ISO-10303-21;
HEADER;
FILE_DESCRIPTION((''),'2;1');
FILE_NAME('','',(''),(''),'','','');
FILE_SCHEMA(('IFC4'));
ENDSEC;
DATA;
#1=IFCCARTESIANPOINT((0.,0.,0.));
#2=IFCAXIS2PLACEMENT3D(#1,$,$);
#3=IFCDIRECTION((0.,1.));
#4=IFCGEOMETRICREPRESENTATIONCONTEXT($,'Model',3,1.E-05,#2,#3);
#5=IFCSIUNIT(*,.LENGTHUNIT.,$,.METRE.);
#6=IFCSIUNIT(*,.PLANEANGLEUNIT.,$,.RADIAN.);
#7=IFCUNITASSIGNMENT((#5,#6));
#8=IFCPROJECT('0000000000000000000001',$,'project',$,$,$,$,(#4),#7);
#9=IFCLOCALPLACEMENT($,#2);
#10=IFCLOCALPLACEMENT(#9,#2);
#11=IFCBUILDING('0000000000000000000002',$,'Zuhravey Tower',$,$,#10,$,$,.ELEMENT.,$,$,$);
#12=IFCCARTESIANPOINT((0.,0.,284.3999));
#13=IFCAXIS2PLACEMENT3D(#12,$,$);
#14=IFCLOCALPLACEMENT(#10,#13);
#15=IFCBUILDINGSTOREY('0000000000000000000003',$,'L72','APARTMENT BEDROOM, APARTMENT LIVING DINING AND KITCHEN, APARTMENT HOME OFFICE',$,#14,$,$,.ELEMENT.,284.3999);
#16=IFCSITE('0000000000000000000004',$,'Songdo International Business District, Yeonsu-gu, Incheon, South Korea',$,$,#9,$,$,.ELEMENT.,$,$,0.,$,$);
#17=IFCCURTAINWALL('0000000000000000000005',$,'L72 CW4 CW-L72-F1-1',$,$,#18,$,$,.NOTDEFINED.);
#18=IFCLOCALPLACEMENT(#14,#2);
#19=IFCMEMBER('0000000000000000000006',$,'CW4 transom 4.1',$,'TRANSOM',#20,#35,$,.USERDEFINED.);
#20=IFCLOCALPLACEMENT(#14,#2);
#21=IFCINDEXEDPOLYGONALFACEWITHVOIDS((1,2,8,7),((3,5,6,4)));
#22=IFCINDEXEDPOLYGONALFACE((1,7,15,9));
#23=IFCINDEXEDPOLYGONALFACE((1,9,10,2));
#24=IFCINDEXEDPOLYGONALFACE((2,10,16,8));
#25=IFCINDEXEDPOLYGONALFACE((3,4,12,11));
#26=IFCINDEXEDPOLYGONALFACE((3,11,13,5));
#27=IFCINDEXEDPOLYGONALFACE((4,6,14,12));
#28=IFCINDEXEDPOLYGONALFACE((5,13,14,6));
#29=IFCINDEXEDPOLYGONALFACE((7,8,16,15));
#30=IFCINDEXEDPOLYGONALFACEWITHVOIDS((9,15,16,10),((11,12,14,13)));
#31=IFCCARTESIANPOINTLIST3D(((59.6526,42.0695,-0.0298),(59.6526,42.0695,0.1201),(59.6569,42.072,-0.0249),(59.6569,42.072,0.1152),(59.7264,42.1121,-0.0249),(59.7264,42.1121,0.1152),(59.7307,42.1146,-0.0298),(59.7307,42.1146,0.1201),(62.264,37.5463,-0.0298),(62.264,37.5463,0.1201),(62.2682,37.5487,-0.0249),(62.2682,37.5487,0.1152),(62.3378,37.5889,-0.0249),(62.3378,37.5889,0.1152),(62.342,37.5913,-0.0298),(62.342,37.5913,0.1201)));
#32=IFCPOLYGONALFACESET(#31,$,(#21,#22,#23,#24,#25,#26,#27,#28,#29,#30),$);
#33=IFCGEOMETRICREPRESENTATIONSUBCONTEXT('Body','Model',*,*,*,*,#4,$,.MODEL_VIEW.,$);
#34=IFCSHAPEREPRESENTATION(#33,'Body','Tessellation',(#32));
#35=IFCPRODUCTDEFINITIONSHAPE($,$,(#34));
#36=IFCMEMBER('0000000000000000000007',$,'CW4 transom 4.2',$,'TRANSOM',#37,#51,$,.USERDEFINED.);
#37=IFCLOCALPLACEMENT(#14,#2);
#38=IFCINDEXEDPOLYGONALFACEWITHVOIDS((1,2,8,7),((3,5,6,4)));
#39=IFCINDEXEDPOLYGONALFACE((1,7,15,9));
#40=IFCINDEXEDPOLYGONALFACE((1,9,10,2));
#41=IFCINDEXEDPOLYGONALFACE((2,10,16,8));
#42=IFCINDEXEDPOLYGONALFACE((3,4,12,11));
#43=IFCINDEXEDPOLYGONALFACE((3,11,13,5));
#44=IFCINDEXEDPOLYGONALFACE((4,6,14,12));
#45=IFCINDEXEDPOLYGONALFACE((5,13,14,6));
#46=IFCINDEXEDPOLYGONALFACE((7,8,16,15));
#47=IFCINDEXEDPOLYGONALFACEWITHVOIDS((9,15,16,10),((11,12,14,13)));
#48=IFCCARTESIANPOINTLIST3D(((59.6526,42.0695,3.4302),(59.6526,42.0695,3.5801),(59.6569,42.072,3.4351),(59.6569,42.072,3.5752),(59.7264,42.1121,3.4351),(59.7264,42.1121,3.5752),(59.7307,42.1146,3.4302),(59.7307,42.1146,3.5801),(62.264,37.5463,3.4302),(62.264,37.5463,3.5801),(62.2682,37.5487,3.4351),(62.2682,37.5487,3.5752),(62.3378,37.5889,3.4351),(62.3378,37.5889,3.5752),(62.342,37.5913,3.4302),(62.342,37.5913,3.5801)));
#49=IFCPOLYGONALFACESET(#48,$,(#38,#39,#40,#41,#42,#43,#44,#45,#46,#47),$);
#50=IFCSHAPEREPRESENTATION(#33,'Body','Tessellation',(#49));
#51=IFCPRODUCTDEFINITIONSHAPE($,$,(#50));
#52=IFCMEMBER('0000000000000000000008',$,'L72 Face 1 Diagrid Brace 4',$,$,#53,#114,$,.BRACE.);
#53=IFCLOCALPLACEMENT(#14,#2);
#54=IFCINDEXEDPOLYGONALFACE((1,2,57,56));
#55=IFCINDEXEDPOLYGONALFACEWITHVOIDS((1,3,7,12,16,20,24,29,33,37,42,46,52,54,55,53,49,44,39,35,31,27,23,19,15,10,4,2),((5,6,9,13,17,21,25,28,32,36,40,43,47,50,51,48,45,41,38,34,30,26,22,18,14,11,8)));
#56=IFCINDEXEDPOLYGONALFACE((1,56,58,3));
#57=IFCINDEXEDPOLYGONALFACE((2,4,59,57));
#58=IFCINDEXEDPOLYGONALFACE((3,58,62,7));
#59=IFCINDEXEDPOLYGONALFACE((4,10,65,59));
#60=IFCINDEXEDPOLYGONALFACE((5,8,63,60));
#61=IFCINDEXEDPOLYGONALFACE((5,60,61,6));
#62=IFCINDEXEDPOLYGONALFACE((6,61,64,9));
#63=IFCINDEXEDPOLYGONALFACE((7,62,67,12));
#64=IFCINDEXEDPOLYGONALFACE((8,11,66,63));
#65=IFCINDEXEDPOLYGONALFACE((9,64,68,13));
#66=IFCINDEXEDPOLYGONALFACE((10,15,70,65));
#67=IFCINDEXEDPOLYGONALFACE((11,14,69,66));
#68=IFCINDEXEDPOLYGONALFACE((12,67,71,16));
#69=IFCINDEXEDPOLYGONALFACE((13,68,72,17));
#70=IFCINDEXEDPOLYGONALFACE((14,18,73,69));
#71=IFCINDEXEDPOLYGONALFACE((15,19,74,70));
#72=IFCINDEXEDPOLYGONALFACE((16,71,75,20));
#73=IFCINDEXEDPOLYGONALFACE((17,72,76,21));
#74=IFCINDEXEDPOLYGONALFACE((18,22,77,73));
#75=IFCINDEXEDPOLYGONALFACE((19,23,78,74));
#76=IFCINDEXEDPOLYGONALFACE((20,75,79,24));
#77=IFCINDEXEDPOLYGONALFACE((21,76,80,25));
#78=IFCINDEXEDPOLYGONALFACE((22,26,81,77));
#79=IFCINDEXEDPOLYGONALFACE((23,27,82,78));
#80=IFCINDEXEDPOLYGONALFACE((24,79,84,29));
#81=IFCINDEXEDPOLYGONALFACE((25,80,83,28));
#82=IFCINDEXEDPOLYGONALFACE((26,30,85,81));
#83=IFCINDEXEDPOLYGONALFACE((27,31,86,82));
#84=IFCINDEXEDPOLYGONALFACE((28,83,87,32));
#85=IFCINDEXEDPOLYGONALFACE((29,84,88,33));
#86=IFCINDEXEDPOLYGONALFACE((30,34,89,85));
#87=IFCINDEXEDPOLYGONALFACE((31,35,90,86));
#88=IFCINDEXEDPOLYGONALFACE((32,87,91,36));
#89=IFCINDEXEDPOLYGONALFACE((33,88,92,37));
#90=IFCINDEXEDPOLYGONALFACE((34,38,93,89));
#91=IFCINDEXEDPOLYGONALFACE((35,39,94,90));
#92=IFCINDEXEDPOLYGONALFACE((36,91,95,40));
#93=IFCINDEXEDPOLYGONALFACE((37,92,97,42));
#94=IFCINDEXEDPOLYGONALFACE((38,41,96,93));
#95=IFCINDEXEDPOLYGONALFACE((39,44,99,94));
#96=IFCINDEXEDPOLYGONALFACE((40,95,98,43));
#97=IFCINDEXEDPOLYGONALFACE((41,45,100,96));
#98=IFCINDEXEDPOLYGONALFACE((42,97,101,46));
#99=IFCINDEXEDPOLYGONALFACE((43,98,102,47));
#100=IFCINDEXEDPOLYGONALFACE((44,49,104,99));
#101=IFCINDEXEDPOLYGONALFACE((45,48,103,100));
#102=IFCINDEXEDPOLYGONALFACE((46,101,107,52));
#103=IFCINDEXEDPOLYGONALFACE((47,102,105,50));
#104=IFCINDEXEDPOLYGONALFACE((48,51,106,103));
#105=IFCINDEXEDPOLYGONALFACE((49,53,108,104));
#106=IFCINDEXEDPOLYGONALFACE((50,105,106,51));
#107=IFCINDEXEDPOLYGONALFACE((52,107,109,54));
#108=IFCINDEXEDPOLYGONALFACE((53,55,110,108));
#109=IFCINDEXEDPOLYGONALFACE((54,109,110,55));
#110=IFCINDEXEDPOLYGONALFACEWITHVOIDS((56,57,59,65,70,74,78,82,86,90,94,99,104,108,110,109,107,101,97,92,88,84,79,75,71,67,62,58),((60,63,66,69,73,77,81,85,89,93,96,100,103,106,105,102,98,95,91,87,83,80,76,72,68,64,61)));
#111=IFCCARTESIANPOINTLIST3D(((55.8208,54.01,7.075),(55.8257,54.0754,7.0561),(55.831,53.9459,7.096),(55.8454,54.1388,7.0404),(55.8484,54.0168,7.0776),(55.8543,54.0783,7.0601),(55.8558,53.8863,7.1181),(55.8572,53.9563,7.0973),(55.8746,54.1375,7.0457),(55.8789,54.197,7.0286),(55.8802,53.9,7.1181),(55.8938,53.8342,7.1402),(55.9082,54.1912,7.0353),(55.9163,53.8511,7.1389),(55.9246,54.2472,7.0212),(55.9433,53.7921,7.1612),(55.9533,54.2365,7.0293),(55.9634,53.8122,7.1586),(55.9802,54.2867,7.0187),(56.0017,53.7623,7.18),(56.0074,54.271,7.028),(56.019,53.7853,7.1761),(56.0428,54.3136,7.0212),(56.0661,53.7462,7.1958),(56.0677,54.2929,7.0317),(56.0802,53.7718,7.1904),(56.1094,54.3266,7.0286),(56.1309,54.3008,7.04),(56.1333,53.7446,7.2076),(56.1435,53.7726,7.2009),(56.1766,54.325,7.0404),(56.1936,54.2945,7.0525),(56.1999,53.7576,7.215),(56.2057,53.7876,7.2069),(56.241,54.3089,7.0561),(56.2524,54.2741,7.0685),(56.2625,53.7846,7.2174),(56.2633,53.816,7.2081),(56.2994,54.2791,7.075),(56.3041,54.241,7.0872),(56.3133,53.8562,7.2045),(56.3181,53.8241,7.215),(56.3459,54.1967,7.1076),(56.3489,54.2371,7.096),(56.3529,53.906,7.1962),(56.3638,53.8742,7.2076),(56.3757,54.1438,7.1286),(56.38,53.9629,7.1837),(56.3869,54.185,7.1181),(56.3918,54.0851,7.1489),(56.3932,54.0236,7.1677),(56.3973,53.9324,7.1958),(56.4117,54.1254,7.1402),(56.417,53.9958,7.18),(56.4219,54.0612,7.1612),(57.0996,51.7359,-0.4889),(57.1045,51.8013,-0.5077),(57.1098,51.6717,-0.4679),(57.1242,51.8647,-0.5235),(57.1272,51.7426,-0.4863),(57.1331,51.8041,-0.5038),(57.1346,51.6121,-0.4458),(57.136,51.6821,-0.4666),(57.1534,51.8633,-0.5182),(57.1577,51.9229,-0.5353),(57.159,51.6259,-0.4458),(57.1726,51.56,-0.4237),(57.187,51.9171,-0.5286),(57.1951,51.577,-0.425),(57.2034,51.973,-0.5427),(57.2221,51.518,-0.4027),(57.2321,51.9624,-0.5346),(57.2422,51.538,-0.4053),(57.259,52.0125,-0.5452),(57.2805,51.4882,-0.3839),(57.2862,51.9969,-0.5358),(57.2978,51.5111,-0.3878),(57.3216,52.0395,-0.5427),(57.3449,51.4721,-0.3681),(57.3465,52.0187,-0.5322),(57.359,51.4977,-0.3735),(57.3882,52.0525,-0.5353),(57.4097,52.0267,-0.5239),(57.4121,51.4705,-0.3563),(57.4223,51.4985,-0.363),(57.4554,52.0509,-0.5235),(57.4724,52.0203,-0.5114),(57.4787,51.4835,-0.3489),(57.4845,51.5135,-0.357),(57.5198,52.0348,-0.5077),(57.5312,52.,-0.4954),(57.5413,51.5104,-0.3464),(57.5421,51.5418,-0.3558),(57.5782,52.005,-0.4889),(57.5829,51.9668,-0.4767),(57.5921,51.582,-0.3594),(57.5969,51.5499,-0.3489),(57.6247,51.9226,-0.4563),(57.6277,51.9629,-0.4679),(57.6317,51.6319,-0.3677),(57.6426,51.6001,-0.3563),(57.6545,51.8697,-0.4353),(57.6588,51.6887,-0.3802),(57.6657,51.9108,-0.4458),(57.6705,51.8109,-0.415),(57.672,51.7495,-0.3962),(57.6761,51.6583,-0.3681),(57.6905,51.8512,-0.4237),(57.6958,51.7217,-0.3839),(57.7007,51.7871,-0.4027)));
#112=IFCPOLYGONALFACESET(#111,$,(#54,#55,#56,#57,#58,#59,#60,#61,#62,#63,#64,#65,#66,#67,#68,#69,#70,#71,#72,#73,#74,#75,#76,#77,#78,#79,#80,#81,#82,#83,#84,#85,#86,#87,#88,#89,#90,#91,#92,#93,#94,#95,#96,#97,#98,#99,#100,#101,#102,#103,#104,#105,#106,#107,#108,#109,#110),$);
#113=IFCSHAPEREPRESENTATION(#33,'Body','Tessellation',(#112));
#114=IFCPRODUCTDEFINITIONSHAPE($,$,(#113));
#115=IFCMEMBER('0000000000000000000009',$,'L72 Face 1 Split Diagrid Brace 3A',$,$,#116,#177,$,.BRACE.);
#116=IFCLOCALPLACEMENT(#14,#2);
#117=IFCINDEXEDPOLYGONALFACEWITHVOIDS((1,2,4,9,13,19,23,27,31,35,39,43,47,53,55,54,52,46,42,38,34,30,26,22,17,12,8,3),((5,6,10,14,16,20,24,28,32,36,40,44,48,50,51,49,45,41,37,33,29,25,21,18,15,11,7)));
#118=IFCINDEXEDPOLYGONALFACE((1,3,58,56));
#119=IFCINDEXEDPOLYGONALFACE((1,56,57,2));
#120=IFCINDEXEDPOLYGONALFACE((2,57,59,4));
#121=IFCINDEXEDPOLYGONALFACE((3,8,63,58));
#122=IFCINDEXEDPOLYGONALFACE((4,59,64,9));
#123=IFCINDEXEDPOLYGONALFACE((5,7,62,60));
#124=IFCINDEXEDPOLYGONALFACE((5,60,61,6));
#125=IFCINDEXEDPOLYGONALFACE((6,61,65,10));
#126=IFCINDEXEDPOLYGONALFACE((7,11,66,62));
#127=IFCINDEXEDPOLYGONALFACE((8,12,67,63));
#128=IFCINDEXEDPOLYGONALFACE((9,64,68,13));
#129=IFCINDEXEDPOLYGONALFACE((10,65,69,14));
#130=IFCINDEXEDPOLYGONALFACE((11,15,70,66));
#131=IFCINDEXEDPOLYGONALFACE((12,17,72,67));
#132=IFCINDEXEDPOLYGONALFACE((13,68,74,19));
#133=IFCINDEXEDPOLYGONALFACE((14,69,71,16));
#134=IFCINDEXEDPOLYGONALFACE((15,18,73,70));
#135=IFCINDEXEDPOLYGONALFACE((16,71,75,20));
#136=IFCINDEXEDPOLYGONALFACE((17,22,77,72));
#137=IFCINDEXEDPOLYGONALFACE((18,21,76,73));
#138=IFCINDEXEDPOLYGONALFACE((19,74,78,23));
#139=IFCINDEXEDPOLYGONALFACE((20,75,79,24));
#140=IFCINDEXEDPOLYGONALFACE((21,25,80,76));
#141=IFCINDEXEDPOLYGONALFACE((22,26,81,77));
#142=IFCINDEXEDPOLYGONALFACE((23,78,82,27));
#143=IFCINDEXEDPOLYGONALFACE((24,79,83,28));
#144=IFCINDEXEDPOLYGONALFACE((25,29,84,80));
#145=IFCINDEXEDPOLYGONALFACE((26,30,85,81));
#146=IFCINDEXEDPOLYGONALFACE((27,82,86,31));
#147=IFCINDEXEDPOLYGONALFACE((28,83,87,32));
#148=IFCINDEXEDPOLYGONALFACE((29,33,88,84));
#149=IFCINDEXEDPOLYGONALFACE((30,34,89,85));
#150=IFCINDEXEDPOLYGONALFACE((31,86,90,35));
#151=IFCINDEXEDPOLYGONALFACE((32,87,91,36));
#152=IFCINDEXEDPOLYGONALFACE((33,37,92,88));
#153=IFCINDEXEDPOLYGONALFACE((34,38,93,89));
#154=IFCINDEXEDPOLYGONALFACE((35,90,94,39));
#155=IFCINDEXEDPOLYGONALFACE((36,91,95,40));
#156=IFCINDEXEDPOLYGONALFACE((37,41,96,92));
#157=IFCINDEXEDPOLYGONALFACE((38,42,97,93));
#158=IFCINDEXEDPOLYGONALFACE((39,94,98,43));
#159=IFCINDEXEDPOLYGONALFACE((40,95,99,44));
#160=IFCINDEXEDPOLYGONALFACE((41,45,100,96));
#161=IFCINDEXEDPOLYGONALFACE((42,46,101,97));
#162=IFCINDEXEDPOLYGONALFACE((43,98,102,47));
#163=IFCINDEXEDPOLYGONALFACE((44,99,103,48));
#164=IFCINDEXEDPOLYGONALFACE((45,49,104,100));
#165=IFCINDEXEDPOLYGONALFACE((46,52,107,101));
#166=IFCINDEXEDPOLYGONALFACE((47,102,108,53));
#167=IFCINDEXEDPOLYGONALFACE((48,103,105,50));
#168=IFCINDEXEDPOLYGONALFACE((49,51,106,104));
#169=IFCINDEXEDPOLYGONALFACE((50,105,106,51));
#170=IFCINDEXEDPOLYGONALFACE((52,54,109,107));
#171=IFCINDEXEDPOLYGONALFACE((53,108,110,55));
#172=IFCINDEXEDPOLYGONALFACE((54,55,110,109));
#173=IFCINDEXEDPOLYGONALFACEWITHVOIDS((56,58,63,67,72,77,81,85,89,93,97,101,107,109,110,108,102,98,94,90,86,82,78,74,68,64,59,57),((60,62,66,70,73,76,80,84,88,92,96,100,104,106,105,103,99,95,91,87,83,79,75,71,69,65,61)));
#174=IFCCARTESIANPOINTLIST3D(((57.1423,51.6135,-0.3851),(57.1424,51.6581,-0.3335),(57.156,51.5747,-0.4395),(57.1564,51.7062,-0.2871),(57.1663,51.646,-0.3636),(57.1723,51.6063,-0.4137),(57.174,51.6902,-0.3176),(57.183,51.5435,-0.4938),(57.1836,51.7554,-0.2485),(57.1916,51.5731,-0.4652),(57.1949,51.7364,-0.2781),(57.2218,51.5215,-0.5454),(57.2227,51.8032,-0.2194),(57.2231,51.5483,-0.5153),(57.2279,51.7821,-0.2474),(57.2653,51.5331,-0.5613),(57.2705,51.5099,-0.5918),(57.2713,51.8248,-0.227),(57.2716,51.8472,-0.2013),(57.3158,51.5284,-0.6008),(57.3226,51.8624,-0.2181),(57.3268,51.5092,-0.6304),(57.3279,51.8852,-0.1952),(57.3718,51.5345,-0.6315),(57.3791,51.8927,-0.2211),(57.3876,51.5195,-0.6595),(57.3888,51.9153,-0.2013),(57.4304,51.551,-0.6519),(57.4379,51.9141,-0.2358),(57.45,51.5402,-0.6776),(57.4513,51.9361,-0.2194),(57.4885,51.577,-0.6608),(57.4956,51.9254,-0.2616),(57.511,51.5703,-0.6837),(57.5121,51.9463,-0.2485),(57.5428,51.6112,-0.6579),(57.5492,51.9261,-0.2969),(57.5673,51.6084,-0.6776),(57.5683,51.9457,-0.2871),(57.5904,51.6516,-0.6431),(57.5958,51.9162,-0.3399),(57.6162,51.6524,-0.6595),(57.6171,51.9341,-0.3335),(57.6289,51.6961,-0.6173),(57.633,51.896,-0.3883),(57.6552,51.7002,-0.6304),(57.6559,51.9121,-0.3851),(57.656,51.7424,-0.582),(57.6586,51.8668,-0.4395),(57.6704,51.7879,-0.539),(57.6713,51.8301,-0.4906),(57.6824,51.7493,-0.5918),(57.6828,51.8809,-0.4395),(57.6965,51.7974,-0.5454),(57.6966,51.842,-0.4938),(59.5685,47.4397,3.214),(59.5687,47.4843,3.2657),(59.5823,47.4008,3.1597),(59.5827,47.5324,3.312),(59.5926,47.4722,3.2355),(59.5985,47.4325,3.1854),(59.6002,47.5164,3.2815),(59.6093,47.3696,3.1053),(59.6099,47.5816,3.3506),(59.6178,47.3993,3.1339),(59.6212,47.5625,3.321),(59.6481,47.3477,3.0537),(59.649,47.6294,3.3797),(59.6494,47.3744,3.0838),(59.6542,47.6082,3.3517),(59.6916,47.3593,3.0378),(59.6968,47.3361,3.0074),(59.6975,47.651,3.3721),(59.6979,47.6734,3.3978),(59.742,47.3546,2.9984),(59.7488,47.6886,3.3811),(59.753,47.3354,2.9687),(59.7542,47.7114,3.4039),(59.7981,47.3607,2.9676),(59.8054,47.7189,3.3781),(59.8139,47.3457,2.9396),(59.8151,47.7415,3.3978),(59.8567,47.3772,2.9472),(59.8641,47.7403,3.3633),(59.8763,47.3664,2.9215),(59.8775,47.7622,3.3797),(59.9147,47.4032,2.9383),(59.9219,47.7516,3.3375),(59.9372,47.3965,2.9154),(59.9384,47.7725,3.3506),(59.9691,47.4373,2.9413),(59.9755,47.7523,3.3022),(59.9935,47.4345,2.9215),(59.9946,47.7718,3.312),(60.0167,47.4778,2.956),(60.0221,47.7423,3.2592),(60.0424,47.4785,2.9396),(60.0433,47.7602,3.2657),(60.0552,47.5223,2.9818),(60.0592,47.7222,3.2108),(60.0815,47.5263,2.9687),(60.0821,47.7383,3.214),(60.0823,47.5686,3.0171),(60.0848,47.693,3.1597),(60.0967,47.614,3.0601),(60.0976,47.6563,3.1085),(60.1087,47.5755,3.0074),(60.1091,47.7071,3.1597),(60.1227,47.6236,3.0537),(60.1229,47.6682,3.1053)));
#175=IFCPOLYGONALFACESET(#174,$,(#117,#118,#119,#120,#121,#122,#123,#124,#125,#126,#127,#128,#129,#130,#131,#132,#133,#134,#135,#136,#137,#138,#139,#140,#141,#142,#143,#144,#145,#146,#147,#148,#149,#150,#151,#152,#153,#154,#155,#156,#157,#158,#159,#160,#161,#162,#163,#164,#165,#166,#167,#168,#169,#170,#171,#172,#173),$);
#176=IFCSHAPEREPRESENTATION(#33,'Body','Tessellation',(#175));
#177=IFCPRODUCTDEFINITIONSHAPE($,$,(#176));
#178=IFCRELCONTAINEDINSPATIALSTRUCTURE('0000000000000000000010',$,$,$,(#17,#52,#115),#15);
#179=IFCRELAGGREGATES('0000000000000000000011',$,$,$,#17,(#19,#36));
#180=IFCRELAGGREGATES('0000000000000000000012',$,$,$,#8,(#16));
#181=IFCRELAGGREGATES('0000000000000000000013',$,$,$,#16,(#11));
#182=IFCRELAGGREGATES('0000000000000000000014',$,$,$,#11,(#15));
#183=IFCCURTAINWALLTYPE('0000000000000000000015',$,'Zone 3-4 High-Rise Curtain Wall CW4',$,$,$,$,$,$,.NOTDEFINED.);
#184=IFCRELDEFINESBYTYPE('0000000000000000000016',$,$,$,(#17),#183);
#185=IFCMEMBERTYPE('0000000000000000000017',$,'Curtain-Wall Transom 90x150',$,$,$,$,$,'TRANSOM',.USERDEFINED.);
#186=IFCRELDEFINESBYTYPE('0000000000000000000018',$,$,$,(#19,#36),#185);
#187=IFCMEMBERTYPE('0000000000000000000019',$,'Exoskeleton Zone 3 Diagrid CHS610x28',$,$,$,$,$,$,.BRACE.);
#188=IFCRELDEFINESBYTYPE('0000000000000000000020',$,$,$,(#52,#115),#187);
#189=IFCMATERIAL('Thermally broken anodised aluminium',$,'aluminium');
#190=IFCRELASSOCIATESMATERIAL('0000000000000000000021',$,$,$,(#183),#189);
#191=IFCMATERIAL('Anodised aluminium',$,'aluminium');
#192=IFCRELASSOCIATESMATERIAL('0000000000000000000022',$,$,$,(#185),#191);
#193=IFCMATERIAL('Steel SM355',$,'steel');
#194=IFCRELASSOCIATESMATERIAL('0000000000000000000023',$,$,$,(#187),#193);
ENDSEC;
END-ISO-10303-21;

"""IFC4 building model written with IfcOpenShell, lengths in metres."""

from ifc_helpers import new_model, si_unit, direction, frame, origin, origin_2d, place, context, subcontext, project, spatial, hollow_rectangle, hollow_circle, extrude, material, material_profile, profile_set, type_object, element, aggregate, save


model = new_model("IFC4")

# Units and contexts
model_context = context("Model", 3, precision=1e-05, world=origin(), true_north=direction((0.0, 1.0)))
body_context = subcontext(model_context, "Body", "Model", "MODEL_VIEW")
ifc_project = project(units=[si_unit("LENGTHUNIT", "METRE"), si_unit("PLANEANGLEUNIT", "RADIAN")], contexts=[model_context])

# Site, building, storey
site_placement = place(None, origin())
site = spatial("IfcSite", under=ifc_project, at=site_placement, Name="Songdo International Business District, Yeonsu-gu, Incheon, South Korea", CompositionType="ELEMENT", RefElevation=0.0)
building_placement = place(site_placement, origin())
building = spatial("IfcBuilding", under=site, at=building_placement, Name="Zuhravey Tower", CompositionType="ELEMENT")
storey_placement = place(building_placement, frame((0.0, 0.0, 284.3999)))
storey = spatial("IfcBuildingStorey", under=building, at=storey_placement, Name="L72", Description="APARTMENT BEDROOM, APARTMENT LIVING DINING AND KITCHEN, APARTMENT HOME OFFICE", CompositionType="ELEMENT", Elevation=284.3999)

# Curtain wall, members
ifc_material_1 = material(Name="Thermally broken anodised aluminium", Category="aluminium")
curtain_wall_type = type_object("IfcCurtainWallType", Name="Zone 3-4 High-Rise Curtain Wall CW4", PredefinedType="NOTDEFINED", material=ifc_material_1)
curtain_wall_placement = place(storey_placement, origin())
curtain_wall = element("IfcCurtainWall", 1, at=curtain_wall_placement, inside=storey, type_object=curtain_wall_type, Name="L72 CW4 CW-L72-F1-1", PredefinedType="NOTDEFINED")
ifc_material_2 = material(Name="Anodised aluminium", Category="aluminium")
ifc_material_profile_1 = material_profile(ifc_material_2, hollow_rectangle(XDim=0.0901, YDim=0.1499, WallThickness=0.0049, at=origin_2d()), Name="ALU-RHS-90x150x5")
ifc_profile_set_1 = profile_set([ifc_material_profile_1], Name="Anodised aluminium")
member_type_1 = type_object("IfcMemberType", Name="Curtain-Wall Transom 90x150", ElementType="TRANSOM", PredefinedType="USERDEFINED", material=ifc_profile_set_1)
member_1_placement = place(storey_placement, frame((59.6917, 42.092, 0.0452), z_axis=(0.49998, -0.866037, 0.0), x_axis=(0.866037, 0.49998, 0.0)))
member_1 = element("IfcMember", 2, at=member_1_placement, type_object=member_type_1, Name="CW4 transom 4.1", ObjectType="TRANSOM", PredefinedType="USERDEFINED", context=body_context, shape_type="SweptSolid", body=[
    extrude(hollow_rectangle(XDim=0.0901, YDim=0.1499, WallThickness=0.0049, at=origin_2d()), origin(), (0.0, 0.0, 1.0), 5.2229),
])
member_2_placement = place(storey_placement, frame((59.6917, 42.092, 3.5051), z_axis=(0.49998, -0.866037, 0.0), x_axis=(0.866037, 0.49998, 0.0)))
member_2 = element("IfcMember", 3, at=member_2_placement, type_object=member_type_1, Name="CW4 transom 4.2", ObjectType="TRANSOM", PredefinedType="USERDEFINED", context=body_context, shape_type="SweptSolid", body=[
    extrude(hollow_rectangle(XDim=0.0901, YDim=0.1499, WallThickness=0.0049, at=origin_2d()), origin(), (0.0, 0.0, 1.0), 5.2229),
])

# Members
ifc_material_3 = material(Name="Steel SM355", Category="steel")
ifc_material_profile_2 = material_profile(ifc_material_3, hollow_circle(Radius=0.3047, WallThickness=0.0281, at=origin_2d()), Name="CHS-609.6x28")
ifc_profile_set_2 = profile_set([ifc_material_profile_2], Name="Steel SM355")
member_type_2 = type_object("IfcMemberType", Name="Exoskeleton Zone 3 Diagrid CHS610x28", PredefinedType="BRACE", material=ifc_profile_set_2)
member_3_placement = place(storey_placement, frame((57.4001, 51.7615, -0.4458), z_axis=(-0.159825, 0.284225, 0.945342), x_axis=(-0.871643, -0.490141, 0.0)))
element("IfcMember", 4, at=member_3_placement, inside=storey, type_object=member_type_2, Name="L72 Face 1 Diagrid Brace 4", PredefinedType="BRACE", context=body_context, shape_type="SweptSolid", body=[
    extrude(hollow_circle(Radius=0.3047, WallThickness=0.0281, at=origin_2d()), origin(), (0.0, 0.0, 1.0), 8.0012),
])
member_4_placement = place(storey_placement, frame((57.4194, 51.7278, -0.4395), z_axis=(0.402919, -0.693127, 0.597688), x_axis=(0.864541, 0.502562, 0.0)))
element("IfcMember", 5, at=member_4_placement, inside=storey, type_object=member_type_2, Name="L72 Face 1 Split Diagrid Brace 3A", PredefinedType="BRACE", context=body_context, shape_type="SweptSolid", body=[
    extrude(hollow_circle(Radius=0.3047, WallThickness=0.0281, at=origin_2d()), origin(), (0.0, 0.0, 1.0), 6.0217),
])

aggregate(curtain_wall, [member_1, member_2])

save(model, "model.ifc")
